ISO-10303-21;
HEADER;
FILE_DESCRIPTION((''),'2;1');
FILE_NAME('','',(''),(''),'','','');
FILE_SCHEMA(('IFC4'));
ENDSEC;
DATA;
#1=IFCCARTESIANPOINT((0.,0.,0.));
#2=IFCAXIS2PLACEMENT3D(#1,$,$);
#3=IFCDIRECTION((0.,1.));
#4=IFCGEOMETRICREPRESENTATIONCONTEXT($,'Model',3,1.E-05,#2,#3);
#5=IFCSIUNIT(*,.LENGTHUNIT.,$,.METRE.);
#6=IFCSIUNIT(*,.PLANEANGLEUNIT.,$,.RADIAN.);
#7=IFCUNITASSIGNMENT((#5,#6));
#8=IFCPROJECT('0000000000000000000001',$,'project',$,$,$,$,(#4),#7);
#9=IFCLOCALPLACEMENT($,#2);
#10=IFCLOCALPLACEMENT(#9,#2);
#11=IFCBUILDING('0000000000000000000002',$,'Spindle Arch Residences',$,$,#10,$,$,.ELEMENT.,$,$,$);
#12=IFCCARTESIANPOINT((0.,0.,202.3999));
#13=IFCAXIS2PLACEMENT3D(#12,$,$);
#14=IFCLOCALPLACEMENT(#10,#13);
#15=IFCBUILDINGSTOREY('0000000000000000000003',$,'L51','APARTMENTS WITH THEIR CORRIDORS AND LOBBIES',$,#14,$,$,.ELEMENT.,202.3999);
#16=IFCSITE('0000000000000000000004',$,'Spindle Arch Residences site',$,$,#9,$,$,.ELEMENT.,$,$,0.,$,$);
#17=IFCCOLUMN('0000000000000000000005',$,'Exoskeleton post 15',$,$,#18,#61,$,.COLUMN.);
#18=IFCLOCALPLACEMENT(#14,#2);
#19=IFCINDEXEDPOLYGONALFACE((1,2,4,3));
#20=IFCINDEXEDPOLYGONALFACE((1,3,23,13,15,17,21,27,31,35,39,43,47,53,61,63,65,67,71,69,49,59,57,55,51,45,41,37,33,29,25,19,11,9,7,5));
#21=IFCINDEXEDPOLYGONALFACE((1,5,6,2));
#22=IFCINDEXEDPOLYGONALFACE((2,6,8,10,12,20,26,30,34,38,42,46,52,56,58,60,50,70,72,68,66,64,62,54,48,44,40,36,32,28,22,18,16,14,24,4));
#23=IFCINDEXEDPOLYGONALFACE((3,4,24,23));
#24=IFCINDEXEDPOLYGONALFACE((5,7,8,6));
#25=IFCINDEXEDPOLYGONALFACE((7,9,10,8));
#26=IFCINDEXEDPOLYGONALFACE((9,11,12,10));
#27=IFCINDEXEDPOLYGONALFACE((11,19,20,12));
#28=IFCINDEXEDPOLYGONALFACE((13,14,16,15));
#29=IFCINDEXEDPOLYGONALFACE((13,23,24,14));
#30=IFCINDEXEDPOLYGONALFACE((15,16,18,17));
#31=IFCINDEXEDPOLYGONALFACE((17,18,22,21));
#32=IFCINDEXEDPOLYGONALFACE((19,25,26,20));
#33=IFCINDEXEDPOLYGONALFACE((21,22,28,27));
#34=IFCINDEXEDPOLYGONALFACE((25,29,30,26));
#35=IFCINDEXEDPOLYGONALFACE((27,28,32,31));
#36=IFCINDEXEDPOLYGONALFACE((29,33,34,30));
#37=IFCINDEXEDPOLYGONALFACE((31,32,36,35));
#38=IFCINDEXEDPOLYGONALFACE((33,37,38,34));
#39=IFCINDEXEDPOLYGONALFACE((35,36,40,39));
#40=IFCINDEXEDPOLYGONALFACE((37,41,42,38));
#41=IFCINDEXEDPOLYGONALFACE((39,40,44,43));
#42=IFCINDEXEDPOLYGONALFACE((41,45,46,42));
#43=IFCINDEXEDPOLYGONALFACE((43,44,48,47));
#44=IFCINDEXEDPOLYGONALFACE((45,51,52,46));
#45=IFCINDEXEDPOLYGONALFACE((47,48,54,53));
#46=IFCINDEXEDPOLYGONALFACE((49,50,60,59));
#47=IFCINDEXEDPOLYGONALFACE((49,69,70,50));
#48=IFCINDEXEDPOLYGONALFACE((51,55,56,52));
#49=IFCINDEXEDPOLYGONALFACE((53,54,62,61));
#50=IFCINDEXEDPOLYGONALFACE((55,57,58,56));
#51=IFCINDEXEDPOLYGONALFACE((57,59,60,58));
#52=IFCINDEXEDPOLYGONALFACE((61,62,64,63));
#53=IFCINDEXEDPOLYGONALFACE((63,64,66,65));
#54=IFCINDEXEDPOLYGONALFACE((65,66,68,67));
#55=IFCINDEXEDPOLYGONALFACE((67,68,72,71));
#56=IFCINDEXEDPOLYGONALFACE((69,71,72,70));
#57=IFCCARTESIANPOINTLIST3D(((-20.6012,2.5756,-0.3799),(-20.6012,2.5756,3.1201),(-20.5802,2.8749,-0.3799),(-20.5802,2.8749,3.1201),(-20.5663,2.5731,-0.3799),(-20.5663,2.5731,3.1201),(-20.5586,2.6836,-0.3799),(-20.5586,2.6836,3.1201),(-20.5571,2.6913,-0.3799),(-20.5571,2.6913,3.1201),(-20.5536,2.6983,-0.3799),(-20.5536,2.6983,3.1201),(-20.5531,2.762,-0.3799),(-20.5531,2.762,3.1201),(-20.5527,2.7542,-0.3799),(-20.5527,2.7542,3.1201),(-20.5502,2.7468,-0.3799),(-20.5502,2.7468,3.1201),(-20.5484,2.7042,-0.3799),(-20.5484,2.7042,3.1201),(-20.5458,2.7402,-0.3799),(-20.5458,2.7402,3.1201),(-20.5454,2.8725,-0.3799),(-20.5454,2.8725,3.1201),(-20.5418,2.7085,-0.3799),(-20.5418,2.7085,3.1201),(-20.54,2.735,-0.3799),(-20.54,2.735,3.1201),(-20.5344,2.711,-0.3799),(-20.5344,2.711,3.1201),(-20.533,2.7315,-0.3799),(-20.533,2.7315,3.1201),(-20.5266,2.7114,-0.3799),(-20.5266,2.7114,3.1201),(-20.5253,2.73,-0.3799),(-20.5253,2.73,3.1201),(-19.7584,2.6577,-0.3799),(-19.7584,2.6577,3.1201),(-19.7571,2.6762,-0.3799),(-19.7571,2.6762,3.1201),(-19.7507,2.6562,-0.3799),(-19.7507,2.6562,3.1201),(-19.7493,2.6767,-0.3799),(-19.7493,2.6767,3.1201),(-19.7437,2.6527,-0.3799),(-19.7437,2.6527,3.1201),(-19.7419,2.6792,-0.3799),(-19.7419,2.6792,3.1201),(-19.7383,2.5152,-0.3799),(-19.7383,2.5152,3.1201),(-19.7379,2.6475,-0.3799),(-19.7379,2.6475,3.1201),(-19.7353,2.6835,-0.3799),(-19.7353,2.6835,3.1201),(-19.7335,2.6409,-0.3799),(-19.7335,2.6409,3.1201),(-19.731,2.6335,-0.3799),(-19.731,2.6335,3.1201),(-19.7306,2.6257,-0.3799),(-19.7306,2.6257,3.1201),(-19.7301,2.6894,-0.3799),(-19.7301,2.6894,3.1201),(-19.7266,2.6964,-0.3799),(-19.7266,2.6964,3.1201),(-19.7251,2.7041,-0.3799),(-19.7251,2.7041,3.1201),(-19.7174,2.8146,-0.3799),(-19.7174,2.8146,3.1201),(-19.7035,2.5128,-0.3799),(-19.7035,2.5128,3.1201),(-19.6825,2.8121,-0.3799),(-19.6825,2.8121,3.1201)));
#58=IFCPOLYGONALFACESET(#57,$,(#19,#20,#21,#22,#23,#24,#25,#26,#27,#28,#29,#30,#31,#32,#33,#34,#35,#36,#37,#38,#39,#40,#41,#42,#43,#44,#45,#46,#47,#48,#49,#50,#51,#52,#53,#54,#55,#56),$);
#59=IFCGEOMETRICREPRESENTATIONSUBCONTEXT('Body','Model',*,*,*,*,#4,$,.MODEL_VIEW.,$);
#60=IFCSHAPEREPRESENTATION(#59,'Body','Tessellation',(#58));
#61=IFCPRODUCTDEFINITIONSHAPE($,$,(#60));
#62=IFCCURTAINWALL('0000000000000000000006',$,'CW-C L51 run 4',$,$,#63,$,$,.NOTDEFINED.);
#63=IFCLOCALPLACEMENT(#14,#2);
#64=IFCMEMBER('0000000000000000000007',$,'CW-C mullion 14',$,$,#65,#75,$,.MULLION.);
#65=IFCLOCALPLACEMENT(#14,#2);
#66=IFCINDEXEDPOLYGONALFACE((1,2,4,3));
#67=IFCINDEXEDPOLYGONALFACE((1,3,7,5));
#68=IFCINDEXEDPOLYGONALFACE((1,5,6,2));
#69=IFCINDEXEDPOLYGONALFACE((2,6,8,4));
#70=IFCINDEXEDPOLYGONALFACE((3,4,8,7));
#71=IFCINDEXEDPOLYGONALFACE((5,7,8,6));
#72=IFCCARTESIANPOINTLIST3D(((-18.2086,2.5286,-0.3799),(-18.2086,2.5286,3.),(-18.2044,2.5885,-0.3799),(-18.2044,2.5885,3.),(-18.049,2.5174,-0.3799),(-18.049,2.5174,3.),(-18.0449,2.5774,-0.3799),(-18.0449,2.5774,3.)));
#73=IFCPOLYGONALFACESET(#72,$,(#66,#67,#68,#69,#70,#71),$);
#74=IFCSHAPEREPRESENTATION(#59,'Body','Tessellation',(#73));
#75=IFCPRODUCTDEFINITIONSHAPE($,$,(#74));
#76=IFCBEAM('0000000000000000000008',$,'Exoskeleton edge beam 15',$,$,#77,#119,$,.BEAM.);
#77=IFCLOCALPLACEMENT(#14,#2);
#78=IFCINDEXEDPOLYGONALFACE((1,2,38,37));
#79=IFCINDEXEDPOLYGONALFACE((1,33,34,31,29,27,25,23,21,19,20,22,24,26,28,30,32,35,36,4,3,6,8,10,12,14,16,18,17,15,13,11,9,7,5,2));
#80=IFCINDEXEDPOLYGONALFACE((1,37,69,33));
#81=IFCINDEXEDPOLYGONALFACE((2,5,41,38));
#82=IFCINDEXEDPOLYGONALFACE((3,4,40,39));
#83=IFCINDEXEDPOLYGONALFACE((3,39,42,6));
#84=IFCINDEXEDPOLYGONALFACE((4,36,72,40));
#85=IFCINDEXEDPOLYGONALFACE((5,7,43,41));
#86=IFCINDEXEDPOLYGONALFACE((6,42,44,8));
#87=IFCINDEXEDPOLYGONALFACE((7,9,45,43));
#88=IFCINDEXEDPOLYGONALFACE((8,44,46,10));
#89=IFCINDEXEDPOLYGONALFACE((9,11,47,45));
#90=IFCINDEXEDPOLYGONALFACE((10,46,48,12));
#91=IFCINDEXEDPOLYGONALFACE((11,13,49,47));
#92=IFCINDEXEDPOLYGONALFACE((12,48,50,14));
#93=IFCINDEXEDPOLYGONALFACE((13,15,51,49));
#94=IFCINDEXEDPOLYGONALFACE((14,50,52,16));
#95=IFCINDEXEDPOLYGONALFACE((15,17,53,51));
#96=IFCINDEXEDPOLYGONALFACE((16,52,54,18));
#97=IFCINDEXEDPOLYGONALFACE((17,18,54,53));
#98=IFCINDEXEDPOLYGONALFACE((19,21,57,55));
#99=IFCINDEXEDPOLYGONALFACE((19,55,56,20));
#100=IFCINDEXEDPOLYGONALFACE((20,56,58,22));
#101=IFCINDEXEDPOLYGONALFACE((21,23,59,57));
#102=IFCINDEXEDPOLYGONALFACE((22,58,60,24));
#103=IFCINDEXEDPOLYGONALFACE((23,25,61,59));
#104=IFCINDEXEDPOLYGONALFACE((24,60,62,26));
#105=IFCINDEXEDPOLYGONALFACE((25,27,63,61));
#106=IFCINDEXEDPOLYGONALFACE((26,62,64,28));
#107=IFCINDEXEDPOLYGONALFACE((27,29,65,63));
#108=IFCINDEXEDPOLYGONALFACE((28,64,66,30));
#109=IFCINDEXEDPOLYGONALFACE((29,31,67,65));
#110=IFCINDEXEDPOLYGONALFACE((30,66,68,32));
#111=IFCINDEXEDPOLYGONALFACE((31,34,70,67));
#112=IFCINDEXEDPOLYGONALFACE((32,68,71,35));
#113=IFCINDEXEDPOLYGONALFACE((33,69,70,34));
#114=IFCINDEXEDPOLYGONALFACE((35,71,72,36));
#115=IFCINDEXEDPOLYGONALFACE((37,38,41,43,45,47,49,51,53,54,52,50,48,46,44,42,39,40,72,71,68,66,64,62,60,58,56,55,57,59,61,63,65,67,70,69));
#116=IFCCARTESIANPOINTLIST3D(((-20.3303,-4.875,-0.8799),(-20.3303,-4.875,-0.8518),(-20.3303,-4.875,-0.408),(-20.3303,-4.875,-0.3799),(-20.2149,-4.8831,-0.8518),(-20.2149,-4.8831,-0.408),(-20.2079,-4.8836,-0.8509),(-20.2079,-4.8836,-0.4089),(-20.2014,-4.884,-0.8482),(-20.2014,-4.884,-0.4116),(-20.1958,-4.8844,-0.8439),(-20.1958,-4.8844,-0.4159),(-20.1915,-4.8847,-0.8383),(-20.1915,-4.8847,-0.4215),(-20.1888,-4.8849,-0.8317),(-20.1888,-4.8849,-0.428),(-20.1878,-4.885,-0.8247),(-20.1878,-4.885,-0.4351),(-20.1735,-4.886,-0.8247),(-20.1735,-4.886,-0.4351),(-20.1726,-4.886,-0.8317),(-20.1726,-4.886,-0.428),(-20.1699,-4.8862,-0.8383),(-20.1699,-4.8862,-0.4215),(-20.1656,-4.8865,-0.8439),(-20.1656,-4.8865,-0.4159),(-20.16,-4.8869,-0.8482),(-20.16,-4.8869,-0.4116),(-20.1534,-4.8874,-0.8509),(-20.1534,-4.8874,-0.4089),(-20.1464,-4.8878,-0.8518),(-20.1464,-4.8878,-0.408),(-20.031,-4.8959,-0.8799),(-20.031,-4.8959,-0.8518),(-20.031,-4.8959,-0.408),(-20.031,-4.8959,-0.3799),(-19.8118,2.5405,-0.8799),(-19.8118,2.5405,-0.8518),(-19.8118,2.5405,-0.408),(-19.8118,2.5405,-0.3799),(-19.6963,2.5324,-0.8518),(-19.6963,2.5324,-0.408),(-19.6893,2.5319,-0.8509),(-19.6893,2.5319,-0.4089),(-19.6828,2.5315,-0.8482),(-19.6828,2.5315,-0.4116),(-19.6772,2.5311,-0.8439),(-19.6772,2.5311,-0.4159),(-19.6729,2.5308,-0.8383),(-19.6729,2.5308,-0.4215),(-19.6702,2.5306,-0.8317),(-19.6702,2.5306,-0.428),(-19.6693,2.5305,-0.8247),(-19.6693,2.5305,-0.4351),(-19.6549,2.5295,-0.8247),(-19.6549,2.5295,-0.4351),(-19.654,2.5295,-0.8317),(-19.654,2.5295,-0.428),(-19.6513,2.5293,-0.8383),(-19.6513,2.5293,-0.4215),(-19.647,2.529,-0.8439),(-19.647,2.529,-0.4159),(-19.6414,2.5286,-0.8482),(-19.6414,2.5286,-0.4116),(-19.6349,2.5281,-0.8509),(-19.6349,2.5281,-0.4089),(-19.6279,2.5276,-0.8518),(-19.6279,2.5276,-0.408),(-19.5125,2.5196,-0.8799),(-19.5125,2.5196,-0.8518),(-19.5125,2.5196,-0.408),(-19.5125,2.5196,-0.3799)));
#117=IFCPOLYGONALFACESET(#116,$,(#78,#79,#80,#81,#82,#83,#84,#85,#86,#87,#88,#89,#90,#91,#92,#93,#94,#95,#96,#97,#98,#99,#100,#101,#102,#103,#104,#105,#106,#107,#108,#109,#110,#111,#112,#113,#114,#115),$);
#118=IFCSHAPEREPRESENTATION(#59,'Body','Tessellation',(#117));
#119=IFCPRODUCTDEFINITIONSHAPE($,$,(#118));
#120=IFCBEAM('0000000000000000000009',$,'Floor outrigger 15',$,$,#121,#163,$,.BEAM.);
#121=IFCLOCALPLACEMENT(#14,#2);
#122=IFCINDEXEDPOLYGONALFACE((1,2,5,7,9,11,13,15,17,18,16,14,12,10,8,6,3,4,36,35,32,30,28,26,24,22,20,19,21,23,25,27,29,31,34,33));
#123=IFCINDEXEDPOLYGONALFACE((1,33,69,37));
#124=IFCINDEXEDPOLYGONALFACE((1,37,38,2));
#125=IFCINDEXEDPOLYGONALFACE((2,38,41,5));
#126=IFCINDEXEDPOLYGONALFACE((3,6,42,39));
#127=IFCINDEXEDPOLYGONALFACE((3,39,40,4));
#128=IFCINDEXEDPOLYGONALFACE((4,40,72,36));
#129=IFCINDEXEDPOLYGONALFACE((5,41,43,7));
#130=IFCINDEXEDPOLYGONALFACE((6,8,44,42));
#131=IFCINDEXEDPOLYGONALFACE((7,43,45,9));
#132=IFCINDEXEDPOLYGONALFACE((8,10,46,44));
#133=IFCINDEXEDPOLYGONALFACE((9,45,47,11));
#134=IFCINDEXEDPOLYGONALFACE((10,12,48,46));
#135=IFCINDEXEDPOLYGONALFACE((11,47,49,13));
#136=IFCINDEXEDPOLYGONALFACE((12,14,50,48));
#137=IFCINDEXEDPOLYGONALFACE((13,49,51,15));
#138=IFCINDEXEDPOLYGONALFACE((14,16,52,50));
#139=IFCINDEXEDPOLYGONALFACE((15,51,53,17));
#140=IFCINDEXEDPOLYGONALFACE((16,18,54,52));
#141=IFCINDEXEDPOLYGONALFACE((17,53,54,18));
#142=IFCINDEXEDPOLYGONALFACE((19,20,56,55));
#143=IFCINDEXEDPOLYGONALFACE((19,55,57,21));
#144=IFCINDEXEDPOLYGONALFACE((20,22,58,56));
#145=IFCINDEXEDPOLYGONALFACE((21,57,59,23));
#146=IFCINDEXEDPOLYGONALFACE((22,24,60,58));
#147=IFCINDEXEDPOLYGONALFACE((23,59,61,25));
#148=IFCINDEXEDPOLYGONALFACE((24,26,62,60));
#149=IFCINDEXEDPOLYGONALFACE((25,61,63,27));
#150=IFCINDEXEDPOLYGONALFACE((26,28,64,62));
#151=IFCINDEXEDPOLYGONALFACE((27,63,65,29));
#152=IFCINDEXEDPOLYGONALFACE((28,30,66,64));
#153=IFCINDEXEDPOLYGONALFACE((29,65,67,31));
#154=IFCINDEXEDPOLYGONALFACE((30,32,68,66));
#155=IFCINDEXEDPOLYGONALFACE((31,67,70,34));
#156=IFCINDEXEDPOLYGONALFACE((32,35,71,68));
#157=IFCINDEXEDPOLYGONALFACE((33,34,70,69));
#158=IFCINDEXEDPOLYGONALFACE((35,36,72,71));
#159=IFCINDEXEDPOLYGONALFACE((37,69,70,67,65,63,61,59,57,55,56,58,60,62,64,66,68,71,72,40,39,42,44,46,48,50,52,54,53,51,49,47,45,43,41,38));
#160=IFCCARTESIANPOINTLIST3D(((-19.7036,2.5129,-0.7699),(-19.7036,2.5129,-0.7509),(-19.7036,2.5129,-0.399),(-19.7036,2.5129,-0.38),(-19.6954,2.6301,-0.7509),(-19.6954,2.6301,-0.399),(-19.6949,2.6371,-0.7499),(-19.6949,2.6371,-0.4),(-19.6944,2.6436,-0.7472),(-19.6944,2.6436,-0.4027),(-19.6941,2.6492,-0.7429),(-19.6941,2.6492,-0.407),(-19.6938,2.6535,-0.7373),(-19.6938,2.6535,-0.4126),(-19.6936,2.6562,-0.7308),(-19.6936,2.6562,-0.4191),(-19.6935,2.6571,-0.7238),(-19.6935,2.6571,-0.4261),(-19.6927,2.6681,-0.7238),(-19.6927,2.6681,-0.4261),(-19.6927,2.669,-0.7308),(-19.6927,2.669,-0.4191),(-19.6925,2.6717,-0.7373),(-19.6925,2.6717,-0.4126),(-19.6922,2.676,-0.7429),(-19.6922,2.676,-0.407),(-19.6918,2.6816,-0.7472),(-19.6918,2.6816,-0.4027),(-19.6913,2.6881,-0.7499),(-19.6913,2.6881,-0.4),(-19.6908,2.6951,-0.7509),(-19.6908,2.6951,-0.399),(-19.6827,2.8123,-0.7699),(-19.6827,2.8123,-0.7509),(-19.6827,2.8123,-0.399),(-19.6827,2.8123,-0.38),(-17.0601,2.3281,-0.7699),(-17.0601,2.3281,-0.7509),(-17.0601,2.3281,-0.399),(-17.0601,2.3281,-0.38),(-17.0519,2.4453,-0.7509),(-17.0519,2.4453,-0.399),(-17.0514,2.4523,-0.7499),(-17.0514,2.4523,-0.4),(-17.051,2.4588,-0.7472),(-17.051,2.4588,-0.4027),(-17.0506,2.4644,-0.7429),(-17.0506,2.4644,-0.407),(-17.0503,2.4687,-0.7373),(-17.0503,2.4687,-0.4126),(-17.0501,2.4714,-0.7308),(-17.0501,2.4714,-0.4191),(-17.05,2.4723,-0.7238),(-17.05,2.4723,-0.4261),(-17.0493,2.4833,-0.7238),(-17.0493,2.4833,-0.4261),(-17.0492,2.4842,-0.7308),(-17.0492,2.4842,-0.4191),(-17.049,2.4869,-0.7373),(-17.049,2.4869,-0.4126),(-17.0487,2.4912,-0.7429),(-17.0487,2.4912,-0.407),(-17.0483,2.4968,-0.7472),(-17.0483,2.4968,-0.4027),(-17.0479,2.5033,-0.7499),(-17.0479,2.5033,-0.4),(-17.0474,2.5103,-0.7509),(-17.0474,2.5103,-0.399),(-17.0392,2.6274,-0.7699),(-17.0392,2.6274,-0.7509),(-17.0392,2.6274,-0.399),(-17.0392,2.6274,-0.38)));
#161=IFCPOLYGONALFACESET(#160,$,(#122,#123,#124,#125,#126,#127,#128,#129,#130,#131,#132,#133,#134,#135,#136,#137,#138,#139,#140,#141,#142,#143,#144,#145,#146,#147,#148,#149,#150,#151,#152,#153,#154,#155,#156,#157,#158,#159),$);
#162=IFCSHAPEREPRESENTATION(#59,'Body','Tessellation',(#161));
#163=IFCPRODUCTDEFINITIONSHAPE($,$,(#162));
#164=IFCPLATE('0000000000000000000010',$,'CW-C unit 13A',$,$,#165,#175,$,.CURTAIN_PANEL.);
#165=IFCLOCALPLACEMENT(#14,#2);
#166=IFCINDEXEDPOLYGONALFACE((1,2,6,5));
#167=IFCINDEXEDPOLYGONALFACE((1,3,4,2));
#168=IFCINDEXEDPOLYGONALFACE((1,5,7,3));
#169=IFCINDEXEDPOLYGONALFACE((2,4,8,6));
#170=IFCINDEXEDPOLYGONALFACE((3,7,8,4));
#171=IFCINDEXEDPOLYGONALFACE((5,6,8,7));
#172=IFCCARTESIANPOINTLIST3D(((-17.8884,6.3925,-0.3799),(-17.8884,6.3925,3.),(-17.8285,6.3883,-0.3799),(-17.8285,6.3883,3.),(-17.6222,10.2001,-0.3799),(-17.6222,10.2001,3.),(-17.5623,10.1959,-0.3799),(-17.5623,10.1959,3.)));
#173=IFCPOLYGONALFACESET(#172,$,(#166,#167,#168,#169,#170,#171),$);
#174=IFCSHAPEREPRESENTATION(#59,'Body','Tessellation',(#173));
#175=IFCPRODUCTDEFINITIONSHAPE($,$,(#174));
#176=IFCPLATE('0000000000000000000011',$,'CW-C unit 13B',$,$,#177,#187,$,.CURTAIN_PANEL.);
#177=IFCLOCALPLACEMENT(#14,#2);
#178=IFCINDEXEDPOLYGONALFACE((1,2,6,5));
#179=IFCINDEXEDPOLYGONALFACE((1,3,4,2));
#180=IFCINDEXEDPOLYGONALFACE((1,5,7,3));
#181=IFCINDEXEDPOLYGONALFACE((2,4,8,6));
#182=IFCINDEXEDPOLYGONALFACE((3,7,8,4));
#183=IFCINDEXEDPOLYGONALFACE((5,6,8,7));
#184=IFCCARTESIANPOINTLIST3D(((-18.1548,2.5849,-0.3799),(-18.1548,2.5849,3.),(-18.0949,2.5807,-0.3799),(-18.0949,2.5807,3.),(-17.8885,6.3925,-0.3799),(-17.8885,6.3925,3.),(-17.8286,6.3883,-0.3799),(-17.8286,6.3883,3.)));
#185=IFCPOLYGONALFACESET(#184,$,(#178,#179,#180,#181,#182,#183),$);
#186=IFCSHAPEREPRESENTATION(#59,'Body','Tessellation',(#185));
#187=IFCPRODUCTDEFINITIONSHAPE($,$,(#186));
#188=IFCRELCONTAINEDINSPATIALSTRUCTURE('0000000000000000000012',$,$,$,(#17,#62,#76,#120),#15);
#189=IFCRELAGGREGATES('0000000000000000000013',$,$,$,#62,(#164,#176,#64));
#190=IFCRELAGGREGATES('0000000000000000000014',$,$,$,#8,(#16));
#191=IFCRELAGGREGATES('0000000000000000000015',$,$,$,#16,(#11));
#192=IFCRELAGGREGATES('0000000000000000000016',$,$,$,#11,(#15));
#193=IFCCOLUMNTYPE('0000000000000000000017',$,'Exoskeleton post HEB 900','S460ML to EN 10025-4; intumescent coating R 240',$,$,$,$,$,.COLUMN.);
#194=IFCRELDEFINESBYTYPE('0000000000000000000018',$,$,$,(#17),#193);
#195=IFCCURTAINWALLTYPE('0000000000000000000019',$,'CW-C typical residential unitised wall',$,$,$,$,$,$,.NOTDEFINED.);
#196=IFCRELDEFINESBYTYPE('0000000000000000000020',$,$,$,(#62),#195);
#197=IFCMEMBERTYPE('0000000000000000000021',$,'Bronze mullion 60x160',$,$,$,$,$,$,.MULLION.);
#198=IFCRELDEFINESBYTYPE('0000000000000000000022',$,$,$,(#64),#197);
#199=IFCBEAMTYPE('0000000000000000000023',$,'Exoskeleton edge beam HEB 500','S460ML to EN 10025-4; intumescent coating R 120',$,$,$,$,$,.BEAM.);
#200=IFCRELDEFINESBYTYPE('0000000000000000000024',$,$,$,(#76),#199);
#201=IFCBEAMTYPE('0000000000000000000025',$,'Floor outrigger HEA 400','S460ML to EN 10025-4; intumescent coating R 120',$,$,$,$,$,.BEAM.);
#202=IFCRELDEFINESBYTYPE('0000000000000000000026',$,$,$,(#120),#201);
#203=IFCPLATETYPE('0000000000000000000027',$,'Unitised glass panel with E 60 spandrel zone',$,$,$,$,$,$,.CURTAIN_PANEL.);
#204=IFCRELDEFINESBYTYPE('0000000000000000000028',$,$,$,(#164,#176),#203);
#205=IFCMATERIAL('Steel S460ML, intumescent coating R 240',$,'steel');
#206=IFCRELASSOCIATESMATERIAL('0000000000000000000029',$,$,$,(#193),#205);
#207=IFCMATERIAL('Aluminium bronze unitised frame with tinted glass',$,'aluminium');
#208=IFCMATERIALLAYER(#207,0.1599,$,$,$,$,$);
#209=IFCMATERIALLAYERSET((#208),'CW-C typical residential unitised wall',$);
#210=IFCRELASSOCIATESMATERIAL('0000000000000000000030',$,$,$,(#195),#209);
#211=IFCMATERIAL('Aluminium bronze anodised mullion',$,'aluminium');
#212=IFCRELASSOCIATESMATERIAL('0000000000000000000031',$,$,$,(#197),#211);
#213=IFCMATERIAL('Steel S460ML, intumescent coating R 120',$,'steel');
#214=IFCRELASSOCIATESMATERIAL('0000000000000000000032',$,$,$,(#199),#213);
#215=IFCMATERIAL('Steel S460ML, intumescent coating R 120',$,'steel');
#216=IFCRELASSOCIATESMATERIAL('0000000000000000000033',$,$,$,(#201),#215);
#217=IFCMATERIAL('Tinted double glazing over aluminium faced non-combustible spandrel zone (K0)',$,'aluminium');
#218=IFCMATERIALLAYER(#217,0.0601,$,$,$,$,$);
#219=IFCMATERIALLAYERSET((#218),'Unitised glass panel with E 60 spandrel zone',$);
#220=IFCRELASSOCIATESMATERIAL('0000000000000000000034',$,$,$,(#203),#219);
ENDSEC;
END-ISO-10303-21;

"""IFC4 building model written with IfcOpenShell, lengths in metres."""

from ifc_helpers import new_model, si_unit, direction, frame, origin, origin_2d, place, context, subcontext, project, spatial, rectangle, i_section, extrude, material, layer, layer_set, material_profile, profile_set, type_object, element, aggregate, save


model = new_model("IFC4")

# Units and contexts
model_context = context("Model", 3, precision=1e-05, world=origin(), true_north=direction((0.0, 1.0)))
body_context = subcontext(model_context, "Body", "Model", "MODEL_VIEW")
ifc_project = project(units=[si_unit("LENGTHUNIT", "METRE"), si_unit("PLANEANGLEUNIT", "RADIAN")], contexts=[model_context])

# Site, building, storey
site_placement = place(None, origin())
site = spatial("IfcSite", under=ifc_project, at=site_placement, Name="Spindle Arch Residences site", CompositionType="ELEMENT", RefElevation=0.0)
building_placement = place(site_placement, origin())
building = spatial("IfcBuilding", under=site, at=building_placement, Name="Spindle Arch Residences", CompositionType="ELEMENT")
storey_placement = place(building_placement, frame((0.0, 0.0, 202.3999)))
storey = spatial("IfcBuildingStorey", under=building, at=storey_placement, Name="L51", Description="APARTMENTS WITH THEIR CORRIDORS AND LOBBIES", CompositionType="ELEMENT", Elevation=202.3999)

# Column
ifc_material_1 = material(Name="Steel S460ML, intumescent coating R 240", Category="steel")
ifc_material_profile_1 = material_profile(ifc_material_1, i_section(OverallWidth=0.3, OverallDepth=0.8999, WebThickness=0.0186, FlangeThickness=0.0349, FilletRadius=0.03, at=origin_2d()), Name="HEB 900")
ifc_profile_set_1 = profile_set([ifc_material_profile_1], Name="Steel S460ML, intumescent coating R 240")
column_type = type_object("IfcColumnType", Name="Exoskeleton post HEB 900", Description="S460ML to EN 10025-4; intumescent coating R 240", PredefinedType="COLUMN", material=ifc_profile_set_1)
column_placement = place(storey_placement, frame((-20.1418, 2.6938, -0.3799), z_axis=(0.0, 0.0, 1.0), x_axis=(0.069756, 0.997564, 0.0)))
element("IfcColumn", 1, at=column_placement, inside=storey, type_object=column_type, Name="Exoskeleton post 15", PredefinedType="COLUMN", context=body_context, shape_type="SweptSolid", body=[
    extrude(i_section(OverallWidth=0.3, OverallDepth=0.8999, WebThickness=0.0186, FlangeThickness=0.0349, FilletRadius=0.03, at=origin_2d()), origin(), (0.0, 0.0, 1.0), 3.5),
])

# Curtain wall, member
ifc_material_2 = material(Name="Aluminium bronze unitised frame with tinted glass", Category="aluminium")
ifc_layer_1 = layer(ifc_material_2, 0.1599)
ifc_layer_set_1 = layer_set([ifc_layer_1], Name="CW-C typical residential unitised wall")
curtain_wall_type = type_object("IfcCurtainWallType", Name="CW-C typical residential unitised wall", PredefinedType="NOTDEFINED", material=ifc_layer_set_1)
curtain_wall_placement = place(storey_placement, origin())
curtain_wall = element("IfcCurtainWall", 2, at=curtain_wall_placement, inside=storey, type_object=curtain_wall_type, Name="CW-C L51 run 4", PredefinedType="NOTDEFINED")
ifc_material_3 = material(Name="Aluminium bronze anodised mullion", Category="aluminium")
ifc_material_profile_2 = material_profile(ifc_material_3, rectangle(XDim=0.1599, YDim=0.0601, at=origin_2d()), Name="MU 60x160")
ifc_profile_set_2 = profile_set([ifc_material_profile_2], Name="Aluminium bronze anodised mullion")
member_type = type_object("IfcMemberType", Name="Bronze mullion 60x160", PredefinedType="MULLION", material=ifc_profile_set_2)
member_placement = place(storey_placement, frame((-18.1267, 2.553, -0.3799), z_axis=(0.0, 0.0, 1.0), x_axis=(0.997564, -0.069756, 0.0)))
member = element("IfcMember", 3, at=member_placement, type_object=member_type, Name="CW-C mullion 14", PredefinedType="MULLION", context=body_context, shape_type="SweptSolid", body=[
    extrude(rectangle(XDim=0.1599, YDim=0.0601, at=origin_2d()), origin(), (0.0, 0.0, 1.0), 3.3799),
])

# Beams
ifc_material_4 = material(Name="Steel S460ML, intumescent coating R 120", Category="steel")
ifc_material_profile_3 = material_profile(ifc_material_4, i_section(OverallWidth=0.3, OverallDepth=0.5, WebThickness=0.0144, FlangeThickness=0.0281, FilletRadius=0.0271, at=origin_2d()), Name="HEB 500")
ifc_profile_set_3 = profile_set([ifc_material_profile_3], Name="Steel S460ML, intumescent coating R 120")
beam_type_1 = type_object("IfcBeamType", Name="Exoskeleton edge beam HEB 500", Description="S460ML to EN 10025-4; intumescent coating R 120", PredefinedType="BEAM", material=ifc_profile_set_3)
beam_1_placement = place(storey_placement, frame((-19.6621, 2.53, -0.6299), z_axis=(-0.069758, -0.997564, 0.0), x_axis=(0.997564, -0.069758, 0.0)))
element("IfcBeam", 4, at=beam_1_placement, inside=storey, type_object=beam_type_1, Name="Exoskeleton edge beam 15", PredefinedType="BEAM", context=body_context, shape_type="SweptSolid", body=[
    extrude(i_section(OverallWidth=0.3, OverallDepth=0.5, WebThickness=0.0144, FlangeThickness=0.0281, FilletRadius=0.0271, at=origin_2d()), origin(), (0.0, 0.0, 1.0), 7.4336),
])
ifc_material_5 = material(Name="Steel S460ML, intumescent coating R 120", Category="steel")
ifc_material_profile_4 = material_profile(ifc_material_5, i_section(OverallWidth=0.3, OverallDepth=0.3899, WebThickness=0.011, FlangeThickness=0.019, FilletRadius=0.0271, at=origin_2d()), Name="HEA 400")
ifc_profile_set_4 = profile_set([ifc_material_profile_4], Name="Steel S460ML, intumescent coating R 120")
beam_type_2 = type_object("IfcBeamType", Name="Floor outrigger HEA 400", Description="S460ML to EN 10025-4; intumescent coating R 120", PredefinedType="BEAM", material=ifc_profile_set_4)
beam_2_placement = place(storey_placement, frame((-19.6931, 2.6626, -0.575), z_axis=(0.997565, -0.069741, 0.0), x_axis=(0.069741, 0.997565, 0.0)))
element("IfcBeam", 5, at=beam_2_placement, inside=storey, type_object=beam_type_2, Name="Floor outrigger 15", PredefinedType="BEAM", context=body_context, shape_type="SweptSolid", body=[
    extrude(i_section(OverallWidth=0.3, OverallDepth=0.3899, WebThickness=0.011, FlangeThickness=0.019, FilletRadius=0.0271, at=origin_2d()), origin(), (0.0, 0.0, 1.0), 2.6499),
])

# Plates
ifc_material_6 = material(Name="Tinted double glazing over aluminium faced non-combustible spandrel zone (K0)", Category="aluminium")
ifc_layer_2 = layer(ifc_material_6, 0.0601)
ifc_layer_set_2 = layer_set([ifc_layer_2], Name="Unitised glass panel with E 60 spandrel zone")
plate_type = type_object("IfcPlateType", Name="Unitised glass panel with E 60 spandrel zone", PredefinedType="CURTAIN_PANEL", material=ifc_layer_set_2)
plate_1_placement = place(storey_placement, frame((-17.7253, 8.2942, -0.3799), z_axis=(0.0, 0.0, 1.0), x_axis=(-0.069756, -0.997564, 0.0)))
plate_1 = element("IfcPlate", 6, at=plate_1_placement, type_object=plate_type, Name="CW-C unit 13A", PredefinedType="CURTAIN_PANEL", context=body_context, shape_type="SweptSolid", body=[
    extrude(rectangle(XDim=3.8169, YDim=0.0601, at=origin_2d()), origin(), (0.0, 0.0, 1.0), 3.3799),
])
plate_2_placement = place(storey_placement, frame((-17.9917, 4.4866, -0.3799), z_axis=(0.0, 0.0, 1.0), x_axis=(-0.069756, -0.997564, 0.0)))
plate_2 = element("IfcPlate", 7, at=plate_2_placement, type_object=plate_type, Name="CW-C unit 13B", PredefinedType="CURTAIN_PANEL", context=body_context, shape_type="SweptSolid", body=[
    extrude(rectangle(XDim=3.8169, YDim=0.0601, at=origin_2d()), origin(), (0.0, 0.0, 1.0), 3.3799),
])
aggregate(curtain_wall, [plate_1, plate_2, member])

save(model, "model.ifc")
